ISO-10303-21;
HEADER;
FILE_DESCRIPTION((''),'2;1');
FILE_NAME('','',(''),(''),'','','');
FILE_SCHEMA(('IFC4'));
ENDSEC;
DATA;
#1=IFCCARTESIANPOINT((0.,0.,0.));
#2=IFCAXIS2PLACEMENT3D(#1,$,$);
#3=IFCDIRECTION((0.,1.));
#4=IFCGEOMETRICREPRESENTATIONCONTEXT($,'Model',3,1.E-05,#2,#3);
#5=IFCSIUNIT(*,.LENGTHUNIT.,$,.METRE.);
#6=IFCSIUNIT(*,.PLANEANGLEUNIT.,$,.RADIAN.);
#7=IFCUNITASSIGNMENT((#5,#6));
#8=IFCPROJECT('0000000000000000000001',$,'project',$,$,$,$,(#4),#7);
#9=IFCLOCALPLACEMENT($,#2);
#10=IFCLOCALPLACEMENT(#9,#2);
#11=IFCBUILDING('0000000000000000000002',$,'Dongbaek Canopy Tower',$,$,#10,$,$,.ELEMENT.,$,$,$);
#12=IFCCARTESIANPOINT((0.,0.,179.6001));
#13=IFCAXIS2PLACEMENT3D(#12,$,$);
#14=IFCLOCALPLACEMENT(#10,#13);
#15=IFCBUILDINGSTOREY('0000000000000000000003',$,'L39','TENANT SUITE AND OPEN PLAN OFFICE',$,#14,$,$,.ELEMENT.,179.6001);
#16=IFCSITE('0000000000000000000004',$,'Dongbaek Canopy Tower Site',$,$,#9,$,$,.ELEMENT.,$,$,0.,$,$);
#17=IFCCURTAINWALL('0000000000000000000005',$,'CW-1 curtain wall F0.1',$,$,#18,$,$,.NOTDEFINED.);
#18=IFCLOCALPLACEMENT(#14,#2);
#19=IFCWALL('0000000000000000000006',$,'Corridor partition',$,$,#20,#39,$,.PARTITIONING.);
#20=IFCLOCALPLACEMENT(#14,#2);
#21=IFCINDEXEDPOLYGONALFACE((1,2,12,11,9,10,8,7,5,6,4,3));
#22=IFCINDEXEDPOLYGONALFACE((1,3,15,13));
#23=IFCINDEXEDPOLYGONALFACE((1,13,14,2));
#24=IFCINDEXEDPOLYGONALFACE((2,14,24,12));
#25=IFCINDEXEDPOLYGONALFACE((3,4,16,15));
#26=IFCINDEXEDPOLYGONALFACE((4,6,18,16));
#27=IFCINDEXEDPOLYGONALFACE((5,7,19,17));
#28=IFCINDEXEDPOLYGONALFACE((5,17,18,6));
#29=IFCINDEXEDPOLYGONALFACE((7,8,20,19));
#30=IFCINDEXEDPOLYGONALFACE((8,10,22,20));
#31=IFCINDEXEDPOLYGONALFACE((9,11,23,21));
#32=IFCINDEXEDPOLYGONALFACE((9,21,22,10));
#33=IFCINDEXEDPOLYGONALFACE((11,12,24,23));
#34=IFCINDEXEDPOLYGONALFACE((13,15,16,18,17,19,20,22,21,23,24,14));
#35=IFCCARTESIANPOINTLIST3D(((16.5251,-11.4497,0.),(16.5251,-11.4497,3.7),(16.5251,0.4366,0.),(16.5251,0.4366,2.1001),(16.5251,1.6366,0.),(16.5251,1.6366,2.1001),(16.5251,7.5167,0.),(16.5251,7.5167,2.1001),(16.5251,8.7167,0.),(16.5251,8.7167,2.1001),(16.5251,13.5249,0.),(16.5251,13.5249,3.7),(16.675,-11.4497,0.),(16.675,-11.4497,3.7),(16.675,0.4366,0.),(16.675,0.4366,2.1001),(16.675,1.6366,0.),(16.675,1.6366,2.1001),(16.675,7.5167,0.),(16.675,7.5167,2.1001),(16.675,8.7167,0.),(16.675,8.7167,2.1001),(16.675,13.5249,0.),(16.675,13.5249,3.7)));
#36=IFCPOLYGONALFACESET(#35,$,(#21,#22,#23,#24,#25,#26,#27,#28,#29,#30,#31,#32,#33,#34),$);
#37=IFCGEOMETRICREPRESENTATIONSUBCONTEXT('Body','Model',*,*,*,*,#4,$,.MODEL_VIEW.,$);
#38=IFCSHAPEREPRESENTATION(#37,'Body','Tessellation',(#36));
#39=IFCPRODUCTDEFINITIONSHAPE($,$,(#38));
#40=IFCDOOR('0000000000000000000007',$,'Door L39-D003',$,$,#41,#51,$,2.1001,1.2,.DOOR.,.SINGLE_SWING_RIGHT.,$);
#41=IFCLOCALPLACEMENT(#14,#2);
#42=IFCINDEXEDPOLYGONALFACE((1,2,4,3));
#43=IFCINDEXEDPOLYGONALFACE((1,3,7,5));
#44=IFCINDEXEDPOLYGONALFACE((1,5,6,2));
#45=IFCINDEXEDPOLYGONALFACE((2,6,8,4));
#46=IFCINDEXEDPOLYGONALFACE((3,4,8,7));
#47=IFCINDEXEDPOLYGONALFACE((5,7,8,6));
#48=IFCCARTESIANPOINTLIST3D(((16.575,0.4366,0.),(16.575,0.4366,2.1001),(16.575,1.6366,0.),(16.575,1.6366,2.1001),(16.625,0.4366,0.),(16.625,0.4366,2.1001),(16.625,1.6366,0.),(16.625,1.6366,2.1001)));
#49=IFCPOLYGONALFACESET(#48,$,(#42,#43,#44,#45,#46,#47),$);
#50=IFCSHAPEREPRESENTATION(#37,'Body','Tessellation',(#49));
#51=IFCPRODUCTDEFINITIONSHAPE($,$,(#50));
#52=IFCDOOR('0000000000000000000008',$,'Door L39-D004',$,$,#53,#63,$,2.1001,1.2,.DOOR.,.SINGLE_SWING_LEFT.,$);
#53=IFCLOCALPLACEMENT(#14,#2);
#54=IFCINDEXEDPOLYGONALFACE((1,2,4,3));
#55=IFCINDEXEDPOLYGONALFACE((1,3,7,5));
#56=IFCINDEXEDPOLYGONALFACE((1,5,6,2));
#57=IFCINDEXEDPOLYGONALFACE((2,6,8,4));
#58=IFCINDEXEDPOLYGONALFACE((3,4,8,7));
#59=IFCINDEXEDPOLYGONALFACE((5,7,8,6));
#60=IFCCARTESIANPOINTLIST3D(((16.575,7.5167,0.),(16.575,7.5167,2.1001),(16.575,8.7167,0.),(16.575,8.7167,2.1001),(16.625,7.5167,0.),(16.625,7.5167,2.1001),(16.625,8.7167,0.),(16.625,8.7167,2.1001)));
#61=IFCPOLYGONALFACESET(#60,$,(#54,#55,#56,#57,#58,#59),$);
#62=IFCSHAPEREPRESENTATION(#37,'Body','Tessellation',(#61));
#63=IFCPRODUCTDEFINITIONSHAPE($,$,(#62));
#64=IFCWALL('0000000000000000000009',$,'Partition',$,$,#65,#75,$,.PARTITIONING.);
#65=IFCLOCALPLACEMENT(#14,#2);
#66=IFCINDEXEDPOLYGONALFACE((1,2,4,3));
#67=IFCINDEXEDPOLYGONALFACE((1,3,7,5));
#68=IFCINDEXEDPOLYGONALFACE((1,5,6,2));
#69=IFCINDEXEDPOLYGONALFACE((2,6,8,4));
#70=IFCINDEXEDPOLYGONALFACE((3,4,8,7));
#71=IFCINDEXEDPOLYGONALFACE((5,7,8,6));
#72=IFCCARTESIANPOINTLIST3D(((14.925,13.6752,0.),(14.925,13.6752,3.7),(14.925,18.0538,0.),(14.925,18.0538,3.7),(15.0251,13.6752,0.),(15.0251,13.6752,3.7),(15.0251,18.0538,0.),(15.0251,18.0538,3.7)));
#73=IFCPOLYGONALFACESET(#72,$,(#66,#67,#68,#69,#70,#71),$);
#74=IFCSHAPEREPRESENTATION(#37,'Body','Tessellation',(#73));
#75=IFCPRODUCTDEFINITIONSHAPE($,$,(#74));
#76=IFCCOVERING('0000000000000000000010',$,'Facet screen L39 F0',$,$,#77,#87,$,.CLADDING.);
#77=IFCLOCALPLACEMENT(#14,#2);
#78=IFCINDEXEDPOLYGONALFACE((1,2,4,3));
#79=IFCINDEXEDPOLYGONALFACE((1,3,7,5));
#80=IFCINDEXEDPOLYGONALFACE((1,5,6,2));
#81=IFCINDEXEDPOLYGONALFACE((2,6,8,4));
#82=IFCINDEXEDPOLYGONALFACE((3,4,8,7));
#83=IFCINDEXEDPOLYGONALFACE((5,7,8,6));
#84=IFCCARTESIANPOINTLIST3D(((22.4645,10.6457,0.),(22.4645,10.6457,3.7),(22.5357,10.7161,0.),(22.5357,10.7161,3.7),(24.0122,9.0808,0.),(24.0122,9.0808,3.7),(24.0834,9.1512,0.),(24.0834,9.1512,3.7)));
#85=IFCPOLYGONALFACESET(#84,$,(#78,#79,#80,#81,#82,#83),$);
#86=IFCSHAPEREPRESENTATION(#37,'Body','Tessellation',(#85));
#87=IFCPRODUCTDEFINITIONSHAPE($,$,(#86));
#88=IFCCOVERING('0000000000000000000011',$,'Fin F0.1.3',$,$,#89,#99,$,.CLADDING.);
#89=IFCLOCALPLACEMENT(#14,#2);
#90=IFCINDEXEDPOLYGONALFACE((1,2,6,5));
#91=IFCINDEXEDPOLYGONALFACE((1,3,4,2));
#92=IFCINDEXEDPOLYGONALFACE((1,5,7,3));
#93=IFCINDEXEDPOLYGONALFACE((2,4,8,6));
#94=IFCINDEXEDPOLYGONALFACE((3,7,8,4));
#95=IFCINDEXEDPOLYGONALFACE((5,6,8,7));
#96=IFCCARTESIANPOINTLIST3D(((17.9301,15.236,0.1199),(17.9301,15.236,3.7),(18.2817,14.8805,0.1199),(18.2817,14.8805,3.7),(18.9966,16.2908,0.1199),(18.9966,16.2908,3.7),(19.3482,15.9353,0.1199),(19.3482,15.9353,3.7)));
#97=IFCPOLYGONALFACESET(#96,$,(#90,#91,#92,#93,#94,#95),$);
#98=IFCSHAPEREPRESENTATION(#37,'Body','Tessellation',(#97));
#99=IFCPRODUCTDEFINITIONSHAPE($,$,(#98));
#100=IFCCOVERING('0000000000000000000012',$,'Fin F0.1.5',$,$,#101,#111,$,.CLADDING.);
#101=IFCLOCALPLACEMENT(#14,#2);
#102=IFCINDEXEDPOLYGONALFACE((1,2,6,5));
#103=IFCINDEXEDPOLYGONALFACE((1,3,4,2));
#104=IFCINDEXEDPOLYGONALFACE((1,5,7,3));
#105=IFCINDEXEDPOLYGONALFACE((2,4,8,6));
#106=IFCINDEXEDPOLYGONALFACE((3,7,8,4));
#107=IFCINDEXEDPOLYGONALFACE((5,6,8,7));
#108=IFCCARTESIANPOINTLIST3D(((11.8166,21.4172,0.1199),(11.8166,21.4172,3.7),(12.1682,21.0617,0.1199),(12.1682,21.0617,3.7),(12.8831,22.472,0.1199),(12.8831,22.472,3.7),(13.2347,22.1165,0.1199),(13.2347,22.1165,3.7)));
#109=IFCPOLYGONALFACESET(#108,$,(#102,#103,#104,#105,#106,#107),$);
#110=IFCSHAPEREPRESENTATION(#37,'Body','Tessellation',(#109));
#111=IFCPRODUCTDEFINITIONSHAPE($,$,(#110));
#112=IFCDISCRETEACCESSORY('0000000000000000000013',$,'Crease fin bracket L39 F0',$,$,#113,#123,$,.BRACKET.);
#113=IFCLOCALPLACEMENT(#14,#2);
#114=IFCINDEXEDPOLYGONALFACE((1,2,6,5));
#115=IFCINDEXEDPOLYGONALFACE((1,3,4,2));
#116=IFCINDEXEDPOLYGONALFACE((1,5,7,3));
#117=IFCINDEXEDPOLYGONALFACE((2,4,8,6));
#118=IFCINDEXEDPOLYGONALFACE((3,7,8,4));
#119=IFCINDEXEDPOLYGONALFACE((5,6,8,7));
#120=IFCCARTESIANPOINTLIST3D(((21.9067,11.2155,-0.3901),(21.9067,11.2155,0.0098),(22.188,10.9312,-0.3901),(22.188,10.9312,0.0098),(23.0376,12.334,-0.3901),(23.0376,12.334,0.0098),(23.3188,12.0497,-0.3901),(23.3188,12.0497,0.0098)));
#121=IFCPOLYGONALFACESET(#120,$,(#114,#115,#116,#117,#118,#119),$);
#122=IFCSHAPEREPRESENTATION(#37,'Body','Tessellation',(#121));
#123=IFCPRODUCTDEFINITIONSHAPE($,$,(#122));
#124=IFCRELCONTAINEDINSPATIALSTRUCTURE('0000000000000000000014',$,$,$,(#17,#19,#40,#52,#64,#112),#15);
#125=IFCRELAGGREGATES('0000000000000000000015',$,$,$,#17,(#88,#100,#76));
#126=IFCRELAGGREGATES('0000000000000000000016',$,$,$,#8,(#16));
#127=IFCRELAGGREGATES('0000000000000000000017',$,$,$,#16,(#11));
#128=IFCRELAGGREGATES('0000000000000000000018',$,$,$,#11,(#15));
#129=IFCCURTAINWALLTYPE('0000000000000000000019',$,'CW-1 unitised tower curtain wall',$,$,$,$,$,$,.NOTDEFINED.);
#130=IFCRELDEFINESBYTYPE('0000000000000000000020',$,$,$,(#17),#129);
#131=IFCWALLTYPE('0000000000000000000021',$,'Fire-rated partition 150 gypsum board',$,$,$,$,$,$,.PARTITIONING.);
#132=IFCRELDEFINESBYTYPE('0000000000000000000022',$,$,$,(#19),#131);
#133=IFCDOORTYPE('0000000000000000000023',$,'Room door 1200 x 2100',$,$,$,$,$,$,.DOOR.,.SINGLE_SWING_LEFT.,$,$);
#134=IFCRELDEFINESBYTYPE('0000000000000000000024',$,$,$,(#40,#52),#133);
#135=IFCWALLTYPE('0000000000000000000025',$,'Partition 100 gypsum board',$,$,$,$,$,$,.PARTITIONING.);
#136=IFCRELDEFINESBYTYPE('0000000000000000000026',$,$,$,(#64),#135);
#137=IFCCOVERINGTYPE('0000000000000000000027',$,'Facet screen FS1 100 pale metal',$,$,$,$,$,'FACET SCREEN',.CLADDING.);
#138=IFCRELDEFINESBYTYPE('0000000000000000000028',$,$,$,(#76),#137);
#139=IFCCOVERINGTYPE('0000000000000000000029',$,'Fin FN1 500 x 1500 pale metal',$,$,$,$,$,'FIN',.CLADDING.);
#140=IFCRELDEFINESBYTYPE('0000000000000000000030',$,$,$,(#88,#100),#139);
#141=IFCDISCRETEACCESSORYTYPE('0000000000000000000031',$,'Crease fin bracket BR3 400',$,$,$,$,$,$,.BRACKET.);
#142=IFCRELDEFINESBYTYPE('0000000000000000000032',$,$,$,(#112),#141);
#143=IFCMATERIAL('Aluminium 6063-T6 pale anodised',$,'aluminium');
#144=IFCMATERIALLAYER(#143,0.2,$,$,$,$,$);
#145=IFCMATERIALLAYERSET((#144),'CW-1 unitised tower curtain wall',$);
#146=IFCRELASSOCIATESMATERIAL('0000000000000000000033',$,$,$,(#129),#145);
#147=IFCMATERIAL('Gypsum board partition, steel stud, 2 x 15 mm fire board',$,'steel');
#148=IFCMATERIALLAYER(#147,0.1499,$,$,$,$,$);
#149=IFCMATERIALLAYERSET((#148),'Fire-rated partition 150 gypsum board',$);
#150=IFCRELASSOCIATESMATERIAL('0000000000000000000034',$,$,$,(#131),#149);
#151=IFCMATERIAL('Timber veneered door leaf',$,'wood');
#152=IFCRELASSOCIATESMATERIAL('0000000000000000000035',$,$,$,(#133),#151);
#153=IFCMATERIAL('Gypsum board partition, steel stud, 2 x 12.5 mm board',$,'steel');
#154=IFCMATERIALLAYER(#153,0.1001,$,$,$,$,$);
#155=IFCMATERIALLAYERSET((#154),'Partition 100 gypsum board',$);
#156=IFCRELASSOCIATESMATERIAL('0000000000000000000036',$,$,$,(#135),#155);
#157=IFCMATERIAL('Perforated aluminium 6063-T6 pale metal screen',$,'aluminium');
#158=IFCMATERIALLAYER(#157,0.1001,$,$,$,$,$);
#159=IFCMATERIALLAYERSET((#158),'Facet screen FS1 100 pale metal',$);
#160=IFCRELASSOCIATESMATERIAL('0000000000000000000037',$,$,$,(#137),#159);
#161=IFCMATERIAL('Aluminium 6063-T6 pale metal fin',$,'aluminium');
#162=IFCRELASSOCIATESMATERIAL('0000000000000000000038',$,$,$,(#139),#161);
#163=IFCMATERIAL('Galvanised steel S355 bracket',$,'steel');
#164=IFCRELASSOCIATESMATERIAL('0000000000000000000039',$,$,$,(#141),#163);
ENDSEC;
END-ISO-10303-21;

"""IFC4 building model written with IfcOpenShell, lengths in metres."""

from ifc_helpers import new_model, si_unit, direction, frame, frame_2d, origin, origin_2d, place, context, subcontext, project, spatial, rectangle, extrude, material, layer, layer_set, material_profile, profile_set, type_object, element, fill, aggregate, save


model = new_model("IFC4")

# Units and contexts
model_context = context("Model", 3, precision=1e-05, world=origin(), true_north=direction((0.0, 1.0)))
body_context = subcontext(model_context, "Body", "Model", "MODEL_VIEW")
ifc_project = project(units=[si_unit("LENGTHUNIT", "METRE"), si_unit("PLANEANGLEUNIT", "RADIAN")], contexts=[model_context])

# Site, building, storey
site_placement = place(None, origin())
site = spatial("IfcSite", under=ifc_project, at=site_placement, Name="Dongbaek Canopy Tower Site", CompositionType="ELEMENT", RefElevation=0.0)
building_placement = place(site_placement, origin())
building = spatial("IfcBuilding", under=site, at=building_placement, Name="Dongbaek Canopy Tower", CompositionType="ELEMENT")
storey_placement = place(building_placement, frame((0.0, 0.0, 179.6001)))
storey = spatial("IfcBuildingStorey", under=building, at=storey_placement, Name="L39", Description="TENANT SUITE AND OPEN PLAN OFFICE", CompositionType="ELEMENT", Elevation=179.6001)

# Curtain wall
ifc_material_1 = material(Name="Aluminium 6063-T6 pale anodised", Category="aluminium")
ifc_layer_1 = layer(ifc_material_1, 0.2)
ifc_layer_set_1 = layer_set([ifc_layer_1], Name="CW-1 unitised tower curtain wall")
curtain_wall_type = type_object("IfcCurtainWallType", Name="CW-1 unitised tower curtain wall", PredefinedType="NOTDEFINED", material=ifc_layer_set_1)
curtain_wall_placement = place(storey_placement, origin())
curtain_wall = element("IfcCurtainWall", 1, at=curtain_wall_placement, inside=storey, type_object=curtain_wall_type, Name="CW-1 curtain wall F0.1", PredefinedType="NOTDEFINED")

# Wall, openings, doors
ifc_material_2 = material(Name="Gypsum board partition, steel stud, 2 x 15 mm fire board", Category="steel")
ifc_layer_2 = layer(ifc_material_2, 0.1499)
ifc_layer_set_2 = layer_set([ifc_layer_2], Name="Fire-rated partition 150 gypsum board")
wall_type_1 = type_object("IfcWallType", Name="Fire-rated partition 150 gypsum board", PredefinedType="PARTITIONING", material=ifc_layer_set_2)
wall_1_placement = place(storey_placement, frame((16.6001, 13.5249, 0.0), z_axis=(0.0, 0.0, 1.0), x_axis=(0.0, -1.0, 0.0)))
wall_1 = element("IfcWall", 2, at=wall_1_placement, inside=storey, type_object=wall_type_1, Name="Corridor partition", PredefinedType="PARTITIONING", context=body_context, shape_type="SweptSolid", body=[
    extrude(rectangle(XDim=24.9746, YDim=0.1499, at=frame_2d((12.4873, 0.0))), origin(), (0.0, 0.0, 1.0), 3.7),
])
opening_1_placement = place(wall_1_placement, frame((11.8882, 0.0, 0.0)))
opening_1 = element("IfcOpeningElement", 3, at=opening_1_placement, cuts=wall_1, PredefinedType="OPENING", context=body_context, shape_type="SweptSolid", body=[
    extrude(rectangle(XDim=1.2, YDim=2.1001, at=frame_2d((0.6001, 1.05))), frame((0.0, 0.085, 0.0), z_axis=(0.0, -1.0, 0.0), x_axis=(1.0, 0.0, 0.0)), (0.0, 0.0, 1.0), 0.1699),
])
opening_2_placement = place(wall_1_placement, frame((4.8081, 0.0, 0.0)))
opening_2 = element("IfcOpeningElement", 4, at=opening_2_placement, cuts=wall_1, PredefinedType="OPENING", context=body_context, shape_type="SweptSolid", body=[
    extrude(rectangle(XDim=1.2, YDim=2.1001, at=frame_2d((0.6001, 1.05))), frame((0.0, 0.085, 0.0), z_axis=(0.0, -1.0, 0.0), x_axis=(1.0, 0.0, 0.0)), (0.0, 0.0, 1.0), 0.1699),
])
ifc_material_3 = material(Name="Timber veneered door leaf", Category="wood")
door_type = type_object("IfcDoorType", Name="Room door 1200 x 2100", OperationType="SINGLE_SWING_LEFT", PredefinedType="DOOR", material=ifc_material_3)
door_1_placement = place(opening_1_placement, origin())
door_1 = element("IfcDoor", 5, at=door_1_placement, inside=storey, type_object=door_type, Name="Door L39-D003", OperationType="SINGLE_SWING_RIGHT", OverallHeight=2.1001, OverallWidth=1.2, PredefinedType="DOOR", context=body_context, shape_type="SweptSolid", body=[
    extrude(rectangle(XDim=1.2, YDim=2.1001, at=frame_2d((0.6001, 1.05))), frame((0.0, 0.0249, 0.0), z_axis=(0.0, -1.0, 0.0), x_axis=(1.0, 0.0, 0.0)), (0.0, 0.0, 1.0), 0.05),
])
fill(opening_1, door_1)
door_2_placement = place(opening_2_placement, origin())
door_2 = element("IfcDoor", 6, at=door_2_placement, inside=storey, type_object=door_type, Name="Door L39-D004", OperationType="SINGLE_SWING_LEFT", OverallHeight=2.1001, OverallWidth=1.2, PredefinedType="DOOR", context=body_context, shape_type="SweptSolid", body=[
    extrude(rectangle(XDim=1.2, YDim=2.1001, at=frame_2d((0.6001, 1.05))), frame((0.0, 0.0249, 0.0), z_axis=(0.0, -1.0, 0.0), x_axis=(1.0, 0.0, 0.0)), (0.0, 0.0, 1.0), 0.05),
])
fill(opening_2, door_2)

# Wall
ifc_material_4 = material(Name="Gypsum board partition, steel stud, 2 x 12.5 mm board", Category="steel")
ifc_layer_3 = layer(ifc_material_4, 0.1001)
ifc_layer_set_3 = layer_set([ifc_layer_3], Name="Partition 100 gypsum board")
wall_type_2 = type_object("IfcWallType", Name="Partition 100 gypsum board", PredefinedType="PARTITIONING", material=ifc_layer_set_3)
wall_2_placement = place(storey_placement, frame((14.9751, 13.675, 0.0), z_axis=(0.0, 0.0, 1.0), x_axis=(0.0, 1.0, 0.0)))
element("IfcWall", 7, at=wall_2_placement, inside=storey, type_object=wall_type_2, Name="Partition", PredefinedType="PARTITIONING", context=body_context, shape_type="SweptSolid", body=[
    extrude(rectangle(XDim=4.3787, YDim=0.1001, at=frame_2d((2.1895, 0.0))), origin(), (0.0, 0.0, 1.0), 3.7),
])

# Coverings
ifc_material_5 = material(Name="Perforated aluminium 6063-T6 pale metal screen", Category="aluminium")
ifc_layer_4 = layer(ifc_material_5, 0.1001)
ifc_layer_set_4 = layer_set([ifc_layer_4], Name="Facet screen FS1 100 pale metal")
covering_type_1 = type_object("IfcCoveringType", Name="Facet screen FS1 100 pale metal", ElementType="FACET SCREEN", PredefinedType="CLADDING", material=ifc_layer_set_4)
covering_1_placement = place(storey_placement, frame((23.2739, 9.8984, 0.0), z_axis=(0.0, 0.0, 1.0), x_axis=(-0.703201, 0.710991, 0.0)))
covering_1 = element("IfcCovering", 8, at=covering_1_placement, type_object=covering_type_1, Name="Facet screen L39 F0", PredefinedType="CLADDING", context=body_context, shape_type="SweptSolid", body=[
    extrude(rectangle(XDim=2.2009, YDim=0.1001, at=origin_2d()), origin(), (0.0, 0.0, 1.0), 3.7),
])
ifc_material_6 = material(Name="Aluminium 6063-T6 pale metal fin", Category="aluminium")
ifc_material_profile_1 = material_profile(ifc_material_6, rectangle(XDim=1.5, YDim=0.5, at=origin_2d()), Name="Fin FN1 500 x 1500 pale metal")
ifc_profile_set_1 = profile_set([ifc_material_profile_1], Name="Aluminium 6063-T6 pale metal fin")
covering_type_2 = type_object("IfcCoveringType", Name="Fin FN1 500 x 1500 pale metal", ElementType="FIN", PredefinedType="CLADDING", material=ifc_profile_set_1)
covering_2_placement = place(storey_placement, frame((18.6392, 15.5857, 0.1199), z_axis=(0.0, 0.0, 1.0), x_axis=(0.710991, 0.703201, 0.0)))
covering_2 = element("IfcCovering", 9, at=covering_2_placement, type_object=covering_type_2, Name="Fin F0.1.3", PredefinedType="CLADDING", context=body_context, shape_type="SweptSolid", body=[
    extrude(rectangle(XDim=1.5, YDim=0.5, at=origin_2d()), origin(), (0.0, 0.0, 1.0), 3.5801),
])
covering_3_placement = place(storey_placement, frame((12.5256, 21.7668, 0.1199), z_axis=(0.0, 0.0, 1.0), x_axis=(0.710991, 0.703201, 0.0)))
covering_3 = element("IfcCovering", 10, at=covering_3_placement, type_object=covering_type_2, Name="Fin F0.1.5", PredefinedType="CLADDING", context=body_context, shape_type="SweptSolid", body=[
    extrude(rectangle(XDim=1.5, YDim=0.5, at=origin_2d()), origin(), (0.0, 0.0, 1.0), 3.5801),
])
aggregate(curtain_wall, [covering_2, covering_3, covering_1])

# Discrete accessory
ifc_material_7 = material(Name="Galvanised steel S355 bracket", Category="steel")
discrete_accessory_type = type_object("IfcDiscreteAccessoryType", Name="Crease fin bracket BR3 400", PredefinedType="BRACKET", material=ifc_material_7)
discrete_accessory_placement = place(storey_placement, frame((22.6128, 11.6326, -0.3901), z_axis=(0.0, 0.0, 1.0), x_axis=(0.710991, 0.703201, 0.0)))
element("IfcDiscreteAccessory", 11, at=discrete_accessory_placement, inside=storey, type_object=discrete_accessory_type, Name="Crease fin bracket L39 F0", PredefinedType="BRACKET", context=body_context, shape_type="SweptSolid", body=[
    extrude(rectangle(XDim=1.5906, YDim=0.3999, at=origin_2d()), origin(), (0.0, 0.0, 1.0), 0.3999),
])

save(model, "model.ifc")
